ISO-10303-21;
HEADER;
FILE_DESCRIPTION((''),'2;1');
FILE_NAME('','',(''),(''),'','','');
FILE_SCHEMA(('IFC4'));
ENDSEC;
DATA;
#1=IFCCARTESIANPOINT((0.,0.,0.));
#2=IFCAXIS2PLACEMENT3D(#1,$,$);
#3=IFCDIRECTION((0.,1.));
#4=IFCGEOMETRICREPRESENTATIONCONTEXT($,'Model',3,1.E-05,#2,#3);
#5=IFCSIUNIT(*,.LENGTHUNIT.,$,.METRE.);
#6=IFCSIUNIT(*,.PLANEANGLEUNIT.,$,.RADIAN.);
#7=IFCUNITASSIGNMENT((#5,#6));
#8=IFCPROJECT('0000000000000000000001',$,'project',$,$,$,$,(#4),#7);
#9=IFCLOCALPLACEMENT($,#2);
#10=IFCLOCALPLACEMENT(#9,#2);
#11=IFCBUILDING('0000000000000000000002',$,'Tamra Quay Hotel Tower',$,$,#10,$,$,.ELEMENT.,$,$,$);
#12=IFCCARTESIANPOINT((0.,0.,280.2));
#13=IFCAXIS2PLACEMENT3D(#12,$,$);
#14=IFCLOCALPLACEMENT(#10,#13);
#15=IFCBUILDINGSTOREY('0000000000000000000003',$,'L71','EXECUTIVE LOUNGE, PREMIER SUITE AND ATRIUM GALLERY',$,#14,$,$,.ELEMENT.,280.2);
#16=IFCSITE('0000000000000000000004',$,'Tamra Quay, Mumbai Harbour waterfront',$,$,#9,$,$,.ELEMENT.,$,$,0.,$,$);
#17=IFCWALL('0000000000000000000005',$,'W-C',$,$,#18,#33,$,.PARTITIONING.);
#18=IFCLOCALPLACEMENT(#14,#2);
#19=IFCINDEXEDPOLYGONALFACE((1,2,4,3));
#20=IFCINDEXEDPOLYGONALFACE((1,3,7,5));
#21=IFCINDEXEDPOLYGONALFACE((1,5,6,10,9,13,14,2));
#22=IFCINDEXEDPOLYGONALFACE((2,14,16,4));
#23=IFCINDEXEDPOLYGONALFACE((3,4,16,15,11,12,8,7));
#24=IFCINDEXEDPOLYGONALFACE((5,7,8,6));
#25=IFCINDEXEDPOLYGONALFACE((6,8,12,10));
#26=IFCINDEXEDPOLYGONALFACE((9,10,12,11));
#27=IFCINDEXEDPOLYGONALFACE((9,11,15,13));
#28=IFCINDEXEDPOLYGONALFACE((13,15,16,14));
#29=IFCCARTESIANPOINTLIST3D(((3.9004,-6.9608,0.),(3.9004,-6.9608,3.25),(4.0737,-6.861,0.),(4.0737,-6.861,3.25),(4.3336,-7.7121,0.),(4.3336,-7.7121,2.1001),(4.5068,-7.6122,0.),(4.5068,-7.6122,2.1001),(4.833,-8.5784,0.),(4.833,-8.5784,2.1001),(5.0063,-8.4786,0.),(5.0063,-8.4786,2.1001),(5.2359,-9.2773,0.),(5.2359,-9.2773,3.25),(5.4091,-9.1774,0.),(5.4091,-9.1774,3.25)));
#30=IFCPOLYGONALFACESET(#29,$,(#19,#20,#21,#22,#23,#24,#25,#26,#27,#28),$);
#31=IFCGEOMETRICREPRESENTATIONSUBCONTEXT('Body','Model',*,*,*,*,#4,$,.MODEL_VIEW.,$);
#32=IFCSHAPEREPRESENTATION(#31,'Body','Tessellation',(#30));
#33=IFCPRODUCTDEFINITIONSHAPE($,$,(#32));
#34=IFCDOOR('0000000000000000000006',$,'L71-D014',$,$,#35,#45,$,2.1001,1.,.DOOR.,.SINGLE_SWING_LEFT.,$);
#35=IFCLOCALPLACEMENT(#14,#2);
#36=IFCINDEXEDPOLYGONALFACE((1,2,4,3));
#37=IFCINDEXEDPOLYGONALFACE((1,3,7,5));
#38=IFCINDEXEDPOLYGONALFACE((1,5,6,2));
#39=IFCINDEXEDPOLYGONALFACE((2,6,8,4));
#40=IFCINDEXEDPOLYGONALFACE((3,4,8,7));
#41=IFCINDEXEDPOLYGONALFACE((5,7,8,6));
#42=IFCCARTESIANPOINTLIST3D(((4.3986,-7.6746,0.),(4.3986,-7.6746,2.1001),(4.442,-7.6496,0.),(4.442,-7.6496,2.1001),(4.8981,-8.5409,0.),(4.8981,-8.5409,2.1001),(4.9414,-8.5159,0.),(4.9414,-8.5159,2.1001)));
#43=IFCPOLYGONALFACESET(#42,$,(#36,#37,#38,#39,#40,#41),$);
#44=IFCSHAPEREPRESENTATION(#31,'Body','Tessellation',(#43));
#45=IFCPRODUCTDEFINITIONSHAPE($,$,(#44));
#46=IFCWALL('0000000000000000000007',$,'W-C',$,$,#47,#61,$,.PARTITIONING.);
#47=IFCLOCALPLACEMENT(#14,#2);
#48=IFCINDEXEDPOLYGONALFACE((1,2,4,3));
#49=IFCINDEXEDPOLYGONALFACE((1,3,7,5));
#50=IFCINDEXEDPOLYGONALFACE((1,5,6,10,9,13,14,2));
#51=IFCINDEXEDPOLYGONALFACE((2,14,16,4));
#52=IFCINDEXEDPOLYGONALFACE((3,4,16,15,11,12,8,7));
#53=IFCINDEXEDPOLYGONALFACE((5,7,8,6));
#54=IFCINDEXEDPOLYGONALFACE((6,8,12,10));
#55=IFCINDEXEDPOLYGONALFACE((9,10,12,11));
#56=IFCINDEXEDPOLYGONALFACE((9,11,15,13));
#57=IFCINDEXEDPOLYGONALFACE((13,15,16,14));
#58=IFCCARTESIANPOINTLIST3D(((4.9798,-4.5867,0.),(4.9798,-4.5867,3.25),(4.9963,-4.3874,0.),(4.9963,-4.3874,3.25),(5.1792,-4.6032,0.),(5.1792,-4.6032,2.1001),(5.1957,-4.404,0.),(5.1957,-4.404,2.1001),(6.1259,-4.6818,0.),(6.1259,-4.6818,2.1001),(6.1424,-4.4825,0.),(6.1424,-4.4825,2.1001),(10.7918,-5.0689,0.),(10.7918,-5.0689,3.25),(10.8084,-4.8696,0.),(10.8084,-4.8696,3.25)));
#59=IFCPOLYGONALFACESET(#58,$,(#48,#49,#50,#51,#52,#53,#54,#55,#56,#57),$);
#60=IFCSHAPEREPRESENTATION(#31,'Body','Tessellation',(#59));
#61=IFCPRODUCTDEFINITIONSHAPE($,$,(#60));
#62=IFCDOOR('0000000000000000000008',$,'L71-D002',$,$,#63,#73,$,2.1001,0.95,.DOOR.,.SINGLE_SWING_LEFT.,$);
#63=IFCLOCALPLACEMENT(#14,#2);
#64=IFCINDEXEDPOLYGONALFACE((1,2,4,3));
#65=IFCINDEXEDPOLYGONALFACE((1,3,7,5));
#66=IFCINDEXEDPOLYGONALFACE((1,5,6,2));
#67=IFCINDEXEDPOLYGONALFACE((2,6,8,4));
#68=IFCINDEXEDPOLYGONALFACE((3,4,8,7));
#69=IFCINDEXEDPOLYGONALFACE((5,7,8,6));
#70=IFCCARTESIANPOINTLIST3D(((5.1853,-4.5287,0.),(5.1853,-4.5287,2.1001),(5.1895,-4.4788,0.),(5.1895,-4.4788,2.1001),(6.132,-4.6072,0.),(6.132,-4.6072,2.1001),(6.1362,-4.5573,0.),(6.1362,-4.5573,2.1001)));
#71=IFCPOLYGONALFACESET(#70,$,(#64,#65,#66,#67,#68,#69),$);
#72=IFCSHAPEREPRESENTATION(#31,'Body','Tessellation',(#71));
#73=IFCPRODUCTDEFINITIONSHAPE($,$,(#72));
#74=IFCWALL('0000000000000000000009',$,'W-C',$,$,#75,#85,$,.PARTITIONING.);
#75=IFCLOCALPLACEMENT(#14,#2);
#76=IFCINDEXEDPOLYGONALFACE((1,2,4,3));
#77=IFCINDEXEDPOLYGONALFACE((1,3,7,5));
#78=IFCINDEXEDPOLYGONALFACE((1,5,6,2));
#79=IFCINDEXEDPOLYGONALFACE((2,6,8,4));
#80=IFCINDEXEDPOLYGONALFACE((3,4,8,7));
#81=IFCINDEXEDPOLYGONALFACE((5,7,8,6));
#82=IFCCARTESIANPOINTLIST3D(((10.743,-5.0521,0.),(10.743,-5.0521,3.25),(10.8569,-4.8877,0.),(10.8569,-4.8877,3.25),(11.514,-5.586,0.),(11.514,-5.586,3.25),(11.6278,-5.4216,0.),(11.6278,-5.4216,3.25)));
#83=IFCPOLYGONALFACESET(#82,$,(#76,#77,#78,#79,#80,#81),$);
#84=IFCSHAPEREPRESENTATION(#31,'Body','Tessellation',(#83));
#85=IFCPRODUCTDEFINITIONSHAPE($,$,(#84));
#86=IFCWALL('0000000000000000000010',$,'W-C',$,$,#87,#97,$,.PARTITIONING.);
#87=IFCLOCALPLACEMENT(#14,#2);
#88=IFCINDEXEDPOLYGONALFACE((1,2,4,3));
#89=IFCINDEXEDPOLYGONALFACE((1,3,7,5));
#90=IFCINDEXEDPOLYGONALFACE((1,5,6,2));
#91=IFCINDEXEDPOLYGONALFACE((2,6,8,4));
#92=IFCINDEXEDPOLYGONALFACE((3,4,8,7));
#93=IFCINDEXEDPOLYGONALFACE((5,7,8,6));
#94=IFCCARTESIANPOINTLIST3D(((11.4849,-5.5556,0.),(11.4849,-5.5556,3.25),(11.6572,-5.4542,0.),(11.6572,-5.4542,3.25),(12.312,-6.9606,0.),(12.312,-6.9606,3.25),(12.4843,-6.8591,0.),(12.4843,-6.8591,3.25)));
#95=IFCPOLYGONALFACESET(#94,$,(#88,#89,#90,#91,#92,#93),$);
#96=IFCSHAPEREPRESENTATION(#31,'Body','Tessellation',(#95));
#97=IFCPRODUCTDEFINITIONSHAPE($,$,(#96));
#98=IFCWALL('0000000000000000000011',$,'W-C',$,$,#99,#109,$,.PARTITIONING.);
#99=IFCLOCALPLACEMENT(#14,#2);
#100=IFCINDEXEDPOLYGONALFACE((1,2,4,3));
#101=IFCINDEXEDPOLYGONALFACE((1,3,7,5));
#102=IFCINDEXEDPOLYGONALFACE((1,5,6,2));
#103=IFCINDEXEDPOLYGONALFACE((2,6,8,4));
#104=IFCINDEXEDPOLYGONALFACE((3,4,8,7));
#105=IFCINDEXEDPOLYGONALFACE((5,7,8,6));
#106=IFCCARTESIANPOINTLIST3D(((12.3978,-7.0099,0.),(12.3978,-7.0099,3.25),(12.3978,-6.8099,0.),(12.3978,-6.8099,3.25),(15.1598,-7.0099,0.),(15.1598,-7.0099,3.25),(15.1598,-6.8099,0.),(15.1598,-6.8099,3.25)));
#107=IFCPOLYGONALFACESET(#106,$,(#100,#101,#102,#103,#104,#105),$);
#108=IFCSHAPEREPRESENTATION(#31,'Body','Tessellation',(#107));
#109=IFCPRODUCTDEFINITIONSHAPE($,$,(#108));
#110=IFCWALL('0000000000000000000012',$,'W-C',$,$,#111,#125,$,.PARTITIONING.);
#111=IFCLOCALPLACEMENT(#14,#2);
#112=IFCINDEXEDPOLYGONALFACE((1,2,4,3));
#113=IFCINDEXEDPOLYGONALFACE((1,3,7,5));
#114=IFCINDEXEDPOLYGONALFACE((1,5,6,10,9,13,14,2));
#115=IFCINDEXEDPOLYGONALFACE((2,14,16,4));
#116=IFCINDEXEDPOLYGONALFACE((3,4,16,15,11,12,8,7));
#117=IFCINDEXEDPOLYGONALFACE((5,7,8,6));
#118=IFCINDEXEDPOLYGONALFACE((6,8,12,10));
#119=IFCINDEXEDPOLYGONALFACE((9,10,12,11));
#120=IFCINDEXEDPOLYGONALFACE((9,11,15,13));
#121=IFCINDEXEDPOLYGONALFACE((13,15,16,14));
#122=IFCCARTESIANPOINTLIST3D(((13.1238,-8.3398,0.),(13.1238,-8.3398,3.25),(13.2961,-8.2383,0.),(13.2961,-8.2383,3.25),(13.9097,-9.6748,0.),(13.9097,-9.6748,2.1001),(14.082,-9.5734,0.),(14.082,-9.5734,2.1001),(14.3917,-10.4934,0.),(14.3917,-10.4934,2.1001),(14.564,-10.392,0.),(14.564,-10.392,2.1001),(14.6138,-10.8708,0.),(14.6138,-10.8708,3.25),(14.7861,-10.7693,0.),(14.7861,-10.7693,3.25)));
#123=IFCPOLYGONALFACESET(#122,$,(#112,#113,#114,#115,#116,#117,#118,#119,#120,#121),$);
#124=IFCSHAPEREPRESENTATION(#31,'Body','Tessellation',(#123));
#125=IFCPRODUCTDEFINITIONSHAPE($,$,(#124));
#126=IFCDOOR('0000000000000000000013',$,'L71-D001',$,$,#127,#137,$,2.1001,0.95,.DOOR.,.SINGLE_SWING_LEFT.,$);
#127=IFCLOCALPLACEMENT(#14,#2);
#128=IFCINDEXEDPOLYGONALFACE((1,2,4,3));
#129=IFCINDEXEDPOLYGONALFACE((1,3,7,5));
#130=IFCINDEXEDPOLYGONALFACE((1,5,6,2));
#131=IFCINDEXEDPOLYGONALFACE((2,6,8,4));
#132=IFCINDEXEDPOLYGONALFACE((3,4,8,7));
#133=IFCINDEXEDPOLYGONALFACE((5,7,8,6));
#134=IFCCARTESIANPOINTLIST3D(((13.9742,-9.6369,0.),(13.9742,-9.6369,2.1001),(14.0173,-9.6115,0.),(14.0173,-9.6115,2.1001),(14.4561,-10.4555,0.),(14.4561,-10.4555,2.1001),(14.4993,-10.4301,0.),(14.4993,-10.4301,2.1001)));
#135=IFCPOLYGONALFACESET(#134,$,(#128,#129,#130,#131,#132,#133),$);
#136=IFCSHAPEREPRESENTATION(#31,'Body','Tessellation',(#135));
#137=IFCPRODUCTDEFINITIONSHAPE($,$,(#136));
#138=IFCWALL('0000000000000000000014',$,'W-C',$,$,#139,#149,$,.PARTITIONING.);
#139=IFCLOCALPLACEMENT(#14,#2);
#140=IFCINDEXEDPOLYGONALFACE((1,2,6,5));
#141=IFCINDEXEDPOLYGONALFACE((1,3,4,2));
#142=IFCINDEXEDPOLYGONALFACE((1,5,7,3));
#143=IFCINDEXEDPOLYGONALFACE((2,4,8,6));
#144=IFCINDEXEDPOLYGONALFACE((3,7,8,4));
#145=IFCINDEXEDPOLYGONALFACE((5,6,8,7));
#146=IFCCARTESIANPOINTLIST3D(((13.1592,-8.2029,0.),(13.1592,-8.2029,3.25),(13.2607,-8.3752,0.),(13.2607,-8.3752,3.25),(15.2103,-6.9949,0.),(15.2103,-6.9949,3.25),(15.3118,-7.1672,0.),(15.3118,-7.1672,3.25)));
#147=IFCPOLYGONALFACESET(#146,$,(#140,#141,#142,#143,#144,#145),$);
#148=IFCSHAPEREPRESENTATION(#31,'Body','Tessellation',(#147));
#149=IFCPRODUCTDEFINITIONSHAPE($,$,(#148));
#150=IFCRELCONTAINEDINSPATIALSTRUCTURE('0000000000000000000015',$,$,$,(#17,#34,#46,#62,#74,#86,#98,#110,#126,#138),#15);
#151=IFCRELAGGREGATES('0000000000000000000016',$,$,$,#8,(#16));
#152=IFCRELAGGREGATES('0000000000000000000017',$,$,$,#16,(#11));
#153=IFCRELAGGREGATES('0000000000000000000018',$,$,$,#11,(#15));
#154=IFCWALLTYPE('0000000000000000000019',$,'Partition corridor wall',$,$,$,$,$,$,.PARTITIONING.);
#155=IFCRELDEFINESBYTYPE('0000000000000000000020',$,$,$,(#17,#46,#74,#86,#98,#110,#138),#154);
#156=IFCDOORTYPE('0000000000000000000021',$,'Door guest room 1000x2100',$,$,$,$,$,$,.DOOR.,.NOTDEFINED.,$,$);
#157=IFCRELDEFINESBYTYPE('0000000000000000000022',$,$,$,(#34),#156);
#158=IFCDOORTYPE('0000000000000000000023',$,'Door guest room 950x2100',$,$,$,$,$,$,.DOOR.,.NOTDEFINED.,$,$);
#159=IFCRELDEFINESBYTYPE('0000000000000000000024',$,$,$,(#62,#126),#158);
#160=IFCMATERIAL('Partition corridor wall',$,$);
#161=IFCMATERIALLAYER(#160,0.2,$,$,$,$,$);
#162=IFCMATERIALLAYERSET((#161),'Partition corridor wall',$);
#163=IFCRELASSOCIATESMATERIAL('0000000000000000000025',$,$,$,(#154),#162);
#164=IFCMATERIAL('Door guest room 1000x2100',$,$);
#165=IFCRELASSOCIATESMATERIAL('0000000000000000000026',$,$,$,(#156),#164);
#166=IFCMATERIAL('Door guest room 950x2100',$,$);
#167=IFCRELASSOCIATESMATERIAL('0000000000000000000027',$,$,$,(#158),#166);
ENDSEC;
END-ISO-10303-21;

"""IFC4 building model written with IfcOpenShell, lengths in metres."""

from ifc_helpers import new_model, si_unit, direction, frame, frame_2d, origin, place, context, subcontext, project, spatial, rectangle, extrude, material, layer, layer_set, type_object, element, fill, save


model = new_model("IFC4")

# Units and contexts
model_context = context("Model", 3, precision=1e-05, world=origin(), true_north=direction((0.0, 1.0)))
body_context = subcontext(model_context, "Body", "Model", "MODEL_VIEW")
ifc_project = project(units=[si_unit("LENGTHUNIT", "METRE"), si_unit("PLANEANGLEUNIT", "RADIAN")], contexts=[model_context])

# Site, building, storey
site_placement = place(None, origin())
site = spatial("IfcSite", under=ifc_project, at=site_placement, Name="Tamra Quay, Mumbai Harbour waterfront", CompositionType="ELEMENT", RefElevation=0.0)
building_placement = place(site_placement, origin())
building = spatial("IfcBuilding", under=site, at=building_placement, Name="Tamra Quay Hotel Tower", CompositionType="ELEMENT")
storey_placement = place(building_placement, frame((0.0, 0.0, 280.2)))
storey = spatial("IfcBuildingStorey", under=building, at=storey_placement, Name="L71", Description="EXECUTIVE LOUNGE, PREMIER SUITE AND ATRIUM GALLERY", CompositionType="ELEMENT", Elevation=280.2)

# Walls, openings, doors
ifc_material_1 = material(Name="Partition corridor wall")
ifc_layer_1 = layer(ifc_material_1, 0.2)
ifc_layer_set_1 = layer_set([ifc_layer_1], Name="Partition corridor wall")
wall_type_1 = type_object("IfcWallType", Name="Partition corridor wall", PredefinedType="PARTITIONING", material=ifc_layer_set_1)
wall_1_placement = place(storey_placement, frame((3.9871, -6.9109, 0.0), z_axis=(0.0, 0.0, 1.0), x_axis=(0.499459, -0.866338, 0.0)))
wall_1 = element("IfcWall", 1, at=wall_1_placement, inside=storey, type_object=wall_type_1, Name="W-C", PredefinedType="PARTITIONING", context=body_context, shape_type="SweptSolid", body=[
    extrude(rectangle(XDim=2.6738, YDim=0.2, at=frame_2d((1.3369, 0.0))), origin(), (0.0, 0.0, 1.0), 3.25),
])
opening_1_placement = place(wall_1_placement, frame((0.8672, 0.0, 0.0)))
opening_1 = element("IfcOpeningElement", 2, at=opening_1_placement, cuts=wall_1, PredefinedType="OPENING", context=body_context, shape_type="SweptSolid", body=[
    extrude(rectangle(XDim=1.0, YDim=2.1001, at=frame_2d((0.5, 1.05))), frame((0.0, 0.1099, 0.0), z_axis=(0.0, -1.0, 0.0), x_axis=(1.0, 0.0, 0.0)), (0.0, 0.0, 1.0), 0.22),
])
ifc_material_2 = material(Name="Door guest room 1000x2100")
door_type_1 = type_object("IfcDoorType", Name="Door guest room 1000x2100", OperationType="NOTDEFINED", PredefinedType="DOOR", material=ifc_material_2)
door_1_placement = place(opening_1_placement, frame((1.0, 0.0, 0.0), z_axis=(0.0, 0.0, 1.0), x_axis=(-1.0, 0.0, 0.0)))
door_1 = element("IfcDoor", 3, at=door_1_placement, inside=storey, type_object=door_type_1, Name="L71-D014", OperationType="SINGLE_SWING_LEFT", OverallHeight=2.1001, OverallWidth=1.0, PredefinedType="DOOR", context=body_context, shape_type="SweptSolid", body=[
    extrude(rectangle(XDim=1.0, YDim=2.1001, at=frame_2d((0.5, 1.05))), frame((0.0, 0.0249, 0.0), z_axis=(0.0, -1.0, 0.0), x_axis=(1.0, 0.0, 0.0)), (0.0, 0.0, 1.0), 0.05),
])
fill(opening_1, door_1)
wall_2_placement = place(storey_placement, frame((4.988, -4.4871, 0.0), z_axis=(0.0, 0.0, 1.0), x_axis=(0.996576, -0.082678, 0.0)))
wall_2 = element("IfcWall", 4, at=wall_2_placement, inside=storey, type_object=wall_type_1, Name="W-C", PredefinedType="PARTITIONING", context=body_context, shape_type="SweptSolid", body=[
    extrude(rectangle(XDim=5.832, YDim=0.2, at=frame_2d((2.916, 0.0))), origin(), (0.0, 0.0, 1.0), 3.25),
])
opening_2_placement = place(wall_2_placement, frame((0.2, 0.0, 0.0)))
opening_2 = element("IfcOpeningElement", 5, at=opening_2_placement, cuts=wall_2, PredefinedType="OPENING", context=body_context, shape_type="SweptSolid", body=[
    extrude(rectangle(XDim=0.95, YDim=2.1001, at=frame_2d((0.4751, 1.05))), frame((0.0, 0.1099, 0.0), z_axis=(0.0, -1.0, 0.0), x_axis=(1.0, 0.0, 0.0)), (0.0, 0.0, 1.0), 0.22),
])
ifc_material_3 = material(Name="Door guest room 950x2100")
door_type_2 = type_object("IfcDoorType", Name="Door guest room 950x2100", OperationType="NOTDEFINED", PredefinedType="DOOR", material=ifc_material_3)
door_2_placement = place(opening_2_placement, origin())
door_2 = element("IfcDoor", 6, at=door_2_placement, inside=storey, type_object=door_type_2, Name="L71-D002", OperationType="SINGLE_SWING_LEFT", OverallHeight=2.1001, OverallWidth=0.95, PredefinedType="DOOR", context=body_context, shape_type="SweptSolid", body=[
    extrude(rectangle(XDim=0.95, YDim=2.1001, at=frame_2d((0.4751, 1.05))), frame((0.0, 0.0249, 0.0), z_axis=(0.0, -1.0, 0.0), x_axis=(1.0, 0.0, 0.0)), (0.0, 0.0, 1.0), 0.05),
])
fill(opening_2, door_2)

# Walls
wall_3_placement = place(storey_placement, frame((10.8, -4.97, 0.0), z_axis=(0.0, 0.0, 1.0), x_axis=(0.822108, -0.569332, 0.0)))
element("IfcWall", 7, at=wall_3_placement, inside=storey, type_object=wall_type_1, Name="W-C", PredefinedType="PARTITIONING", context=body_context, shape_type="SweptSolid", body=[
    extrude(rectangle(XDim=0.9377, YDim=0.2, at=frame_2d((0.4688, 0.0))), origin(), (0.0, 0.0, 1.0), 3.25),
])
wall_4_placement = place(storey_placement, frame((11.571, -5.5049, 0.0), z_axis=(0.0, 0.0, 1.0), x_axis=(0.507321, -0.861757, 0.0)))
element("IfcWall", 8, at=wall_4_placement, inside=storey, type_object=wall_type_1, Name="W-C", PredefinedType="PARTITIONING", context=body_context, shape_type="SweptSolid", body=[
    extrude(rectangle(XDim=1.6304, YDim=0.2, at=frame_2d((0.8152, 0.0))), origin(), (0.0, 0.0, 1.0), 3.25),
])
wall_5_placement = place(storey_placement, frame((12.3979, -6.9099, 0.0), z_axis=(0.0, 0.0, 1.0), x_axis=(1.0, 0.0, 0.0)))
element("IfcWall", 9, at=wall_5_placement, inside=storey, type_object=wall_type_1, Name="W-C", PredefinedType="PARTITIONING", context=body_context, shape_type="SweptSolid", body=[
    extrude(rectangle(XDim=2.762, YDim=0.2, at=frame_2d((1.3809, 0.0))), origin(), (0.0, 0.0, 1.0), 3.25),
])

# Wall, opening, door
wall_6_placement = place(storey_placement, frame((13.21, -8.2891, 0.0), z_axis=(0.0, 0.0, 1.0), x_axis=(0.507314, -0.861761, 0.0)))
wall_6 = element("IfcWall", 10, at=wall_6_placement, inside=storey, type_object=wall_type_1, Name="W-C", PredefinedType="PARTITIONING", context=body_context, shape_type="SweptSolid", body=[
    extrude(rectangle(XDim=2.937, YDim=0.2, at=frame_2d((1.4685, 0.0))), origin(), (0.0, 0.0, 1.0), 3.25),
])
opening_3_placement = place(wall_6_placement, frame((1.5491, 0.0, 0.0)))
opening_3 = element("IfcOpeningElement", 11, at=opening_3_placement, cuts=wall_6, PredefinedType="OPENING", context=body_context, shape_type="SweptSolid", body=[
    extrude(rectangle(XDim=0.95, YDim=2.1001, at=frame_2d((0.4751, 1.05))), frame((0.0, 0.1099, 0.0), z_axis=(0.0, -1.0, 0.0), x_axis=(1.0, 0.0, 0.0)), (0.0, 0.0, 1.0), 0.22),
])
door_3_placement = place(opening_3_placement, origin())
door_3 = element("IfcDoor", 12, at=door_3_placement, inside=storey, type_object=door_type_2, Name="L71-D001", OperationType="SINGLE_SWING_LEFT", OverallHeight=2.1001, OverallWidth=0.95, PredefinedType="DOOR", context=body_context, shape_type="SweptSolid", body=[
    extrude(rectangle(XDim=0.95, YDim=2.1001, at=frame_2d((0.4751, 1.05))), frame((0.0, 0.0249, 0.0), z_axis=(0.0, -1.0, 0.0), x_axis=(1.0, 0.0, 0.0)), (0.0, 0.0, 1.0), 0.05),
])
fill(opening_3, door_3)

# Wall
wall_7_placement = place(storey_placement, frame((13.21, -8.2891, 0.0), z_axis=(0.0, 0.0, 1.0), x_axis=(0.861655, 0.507495, 0.0)))
element("IfcWall", 13, at=wall_7_placement, inside=storey, type_object=wall_type_1, Name="W-C", PredefinedType="PARTITIONING", context=body_context, shape_type="SweptSolid", body=[
    extrude(rectangle(XDim=2.3804, YDim=0.2, at=frame_2d((1.1902, 0.0))), origin(), (0.0, 0.0, 1.0), 3.25),
])

save(model, "model.ifc")
